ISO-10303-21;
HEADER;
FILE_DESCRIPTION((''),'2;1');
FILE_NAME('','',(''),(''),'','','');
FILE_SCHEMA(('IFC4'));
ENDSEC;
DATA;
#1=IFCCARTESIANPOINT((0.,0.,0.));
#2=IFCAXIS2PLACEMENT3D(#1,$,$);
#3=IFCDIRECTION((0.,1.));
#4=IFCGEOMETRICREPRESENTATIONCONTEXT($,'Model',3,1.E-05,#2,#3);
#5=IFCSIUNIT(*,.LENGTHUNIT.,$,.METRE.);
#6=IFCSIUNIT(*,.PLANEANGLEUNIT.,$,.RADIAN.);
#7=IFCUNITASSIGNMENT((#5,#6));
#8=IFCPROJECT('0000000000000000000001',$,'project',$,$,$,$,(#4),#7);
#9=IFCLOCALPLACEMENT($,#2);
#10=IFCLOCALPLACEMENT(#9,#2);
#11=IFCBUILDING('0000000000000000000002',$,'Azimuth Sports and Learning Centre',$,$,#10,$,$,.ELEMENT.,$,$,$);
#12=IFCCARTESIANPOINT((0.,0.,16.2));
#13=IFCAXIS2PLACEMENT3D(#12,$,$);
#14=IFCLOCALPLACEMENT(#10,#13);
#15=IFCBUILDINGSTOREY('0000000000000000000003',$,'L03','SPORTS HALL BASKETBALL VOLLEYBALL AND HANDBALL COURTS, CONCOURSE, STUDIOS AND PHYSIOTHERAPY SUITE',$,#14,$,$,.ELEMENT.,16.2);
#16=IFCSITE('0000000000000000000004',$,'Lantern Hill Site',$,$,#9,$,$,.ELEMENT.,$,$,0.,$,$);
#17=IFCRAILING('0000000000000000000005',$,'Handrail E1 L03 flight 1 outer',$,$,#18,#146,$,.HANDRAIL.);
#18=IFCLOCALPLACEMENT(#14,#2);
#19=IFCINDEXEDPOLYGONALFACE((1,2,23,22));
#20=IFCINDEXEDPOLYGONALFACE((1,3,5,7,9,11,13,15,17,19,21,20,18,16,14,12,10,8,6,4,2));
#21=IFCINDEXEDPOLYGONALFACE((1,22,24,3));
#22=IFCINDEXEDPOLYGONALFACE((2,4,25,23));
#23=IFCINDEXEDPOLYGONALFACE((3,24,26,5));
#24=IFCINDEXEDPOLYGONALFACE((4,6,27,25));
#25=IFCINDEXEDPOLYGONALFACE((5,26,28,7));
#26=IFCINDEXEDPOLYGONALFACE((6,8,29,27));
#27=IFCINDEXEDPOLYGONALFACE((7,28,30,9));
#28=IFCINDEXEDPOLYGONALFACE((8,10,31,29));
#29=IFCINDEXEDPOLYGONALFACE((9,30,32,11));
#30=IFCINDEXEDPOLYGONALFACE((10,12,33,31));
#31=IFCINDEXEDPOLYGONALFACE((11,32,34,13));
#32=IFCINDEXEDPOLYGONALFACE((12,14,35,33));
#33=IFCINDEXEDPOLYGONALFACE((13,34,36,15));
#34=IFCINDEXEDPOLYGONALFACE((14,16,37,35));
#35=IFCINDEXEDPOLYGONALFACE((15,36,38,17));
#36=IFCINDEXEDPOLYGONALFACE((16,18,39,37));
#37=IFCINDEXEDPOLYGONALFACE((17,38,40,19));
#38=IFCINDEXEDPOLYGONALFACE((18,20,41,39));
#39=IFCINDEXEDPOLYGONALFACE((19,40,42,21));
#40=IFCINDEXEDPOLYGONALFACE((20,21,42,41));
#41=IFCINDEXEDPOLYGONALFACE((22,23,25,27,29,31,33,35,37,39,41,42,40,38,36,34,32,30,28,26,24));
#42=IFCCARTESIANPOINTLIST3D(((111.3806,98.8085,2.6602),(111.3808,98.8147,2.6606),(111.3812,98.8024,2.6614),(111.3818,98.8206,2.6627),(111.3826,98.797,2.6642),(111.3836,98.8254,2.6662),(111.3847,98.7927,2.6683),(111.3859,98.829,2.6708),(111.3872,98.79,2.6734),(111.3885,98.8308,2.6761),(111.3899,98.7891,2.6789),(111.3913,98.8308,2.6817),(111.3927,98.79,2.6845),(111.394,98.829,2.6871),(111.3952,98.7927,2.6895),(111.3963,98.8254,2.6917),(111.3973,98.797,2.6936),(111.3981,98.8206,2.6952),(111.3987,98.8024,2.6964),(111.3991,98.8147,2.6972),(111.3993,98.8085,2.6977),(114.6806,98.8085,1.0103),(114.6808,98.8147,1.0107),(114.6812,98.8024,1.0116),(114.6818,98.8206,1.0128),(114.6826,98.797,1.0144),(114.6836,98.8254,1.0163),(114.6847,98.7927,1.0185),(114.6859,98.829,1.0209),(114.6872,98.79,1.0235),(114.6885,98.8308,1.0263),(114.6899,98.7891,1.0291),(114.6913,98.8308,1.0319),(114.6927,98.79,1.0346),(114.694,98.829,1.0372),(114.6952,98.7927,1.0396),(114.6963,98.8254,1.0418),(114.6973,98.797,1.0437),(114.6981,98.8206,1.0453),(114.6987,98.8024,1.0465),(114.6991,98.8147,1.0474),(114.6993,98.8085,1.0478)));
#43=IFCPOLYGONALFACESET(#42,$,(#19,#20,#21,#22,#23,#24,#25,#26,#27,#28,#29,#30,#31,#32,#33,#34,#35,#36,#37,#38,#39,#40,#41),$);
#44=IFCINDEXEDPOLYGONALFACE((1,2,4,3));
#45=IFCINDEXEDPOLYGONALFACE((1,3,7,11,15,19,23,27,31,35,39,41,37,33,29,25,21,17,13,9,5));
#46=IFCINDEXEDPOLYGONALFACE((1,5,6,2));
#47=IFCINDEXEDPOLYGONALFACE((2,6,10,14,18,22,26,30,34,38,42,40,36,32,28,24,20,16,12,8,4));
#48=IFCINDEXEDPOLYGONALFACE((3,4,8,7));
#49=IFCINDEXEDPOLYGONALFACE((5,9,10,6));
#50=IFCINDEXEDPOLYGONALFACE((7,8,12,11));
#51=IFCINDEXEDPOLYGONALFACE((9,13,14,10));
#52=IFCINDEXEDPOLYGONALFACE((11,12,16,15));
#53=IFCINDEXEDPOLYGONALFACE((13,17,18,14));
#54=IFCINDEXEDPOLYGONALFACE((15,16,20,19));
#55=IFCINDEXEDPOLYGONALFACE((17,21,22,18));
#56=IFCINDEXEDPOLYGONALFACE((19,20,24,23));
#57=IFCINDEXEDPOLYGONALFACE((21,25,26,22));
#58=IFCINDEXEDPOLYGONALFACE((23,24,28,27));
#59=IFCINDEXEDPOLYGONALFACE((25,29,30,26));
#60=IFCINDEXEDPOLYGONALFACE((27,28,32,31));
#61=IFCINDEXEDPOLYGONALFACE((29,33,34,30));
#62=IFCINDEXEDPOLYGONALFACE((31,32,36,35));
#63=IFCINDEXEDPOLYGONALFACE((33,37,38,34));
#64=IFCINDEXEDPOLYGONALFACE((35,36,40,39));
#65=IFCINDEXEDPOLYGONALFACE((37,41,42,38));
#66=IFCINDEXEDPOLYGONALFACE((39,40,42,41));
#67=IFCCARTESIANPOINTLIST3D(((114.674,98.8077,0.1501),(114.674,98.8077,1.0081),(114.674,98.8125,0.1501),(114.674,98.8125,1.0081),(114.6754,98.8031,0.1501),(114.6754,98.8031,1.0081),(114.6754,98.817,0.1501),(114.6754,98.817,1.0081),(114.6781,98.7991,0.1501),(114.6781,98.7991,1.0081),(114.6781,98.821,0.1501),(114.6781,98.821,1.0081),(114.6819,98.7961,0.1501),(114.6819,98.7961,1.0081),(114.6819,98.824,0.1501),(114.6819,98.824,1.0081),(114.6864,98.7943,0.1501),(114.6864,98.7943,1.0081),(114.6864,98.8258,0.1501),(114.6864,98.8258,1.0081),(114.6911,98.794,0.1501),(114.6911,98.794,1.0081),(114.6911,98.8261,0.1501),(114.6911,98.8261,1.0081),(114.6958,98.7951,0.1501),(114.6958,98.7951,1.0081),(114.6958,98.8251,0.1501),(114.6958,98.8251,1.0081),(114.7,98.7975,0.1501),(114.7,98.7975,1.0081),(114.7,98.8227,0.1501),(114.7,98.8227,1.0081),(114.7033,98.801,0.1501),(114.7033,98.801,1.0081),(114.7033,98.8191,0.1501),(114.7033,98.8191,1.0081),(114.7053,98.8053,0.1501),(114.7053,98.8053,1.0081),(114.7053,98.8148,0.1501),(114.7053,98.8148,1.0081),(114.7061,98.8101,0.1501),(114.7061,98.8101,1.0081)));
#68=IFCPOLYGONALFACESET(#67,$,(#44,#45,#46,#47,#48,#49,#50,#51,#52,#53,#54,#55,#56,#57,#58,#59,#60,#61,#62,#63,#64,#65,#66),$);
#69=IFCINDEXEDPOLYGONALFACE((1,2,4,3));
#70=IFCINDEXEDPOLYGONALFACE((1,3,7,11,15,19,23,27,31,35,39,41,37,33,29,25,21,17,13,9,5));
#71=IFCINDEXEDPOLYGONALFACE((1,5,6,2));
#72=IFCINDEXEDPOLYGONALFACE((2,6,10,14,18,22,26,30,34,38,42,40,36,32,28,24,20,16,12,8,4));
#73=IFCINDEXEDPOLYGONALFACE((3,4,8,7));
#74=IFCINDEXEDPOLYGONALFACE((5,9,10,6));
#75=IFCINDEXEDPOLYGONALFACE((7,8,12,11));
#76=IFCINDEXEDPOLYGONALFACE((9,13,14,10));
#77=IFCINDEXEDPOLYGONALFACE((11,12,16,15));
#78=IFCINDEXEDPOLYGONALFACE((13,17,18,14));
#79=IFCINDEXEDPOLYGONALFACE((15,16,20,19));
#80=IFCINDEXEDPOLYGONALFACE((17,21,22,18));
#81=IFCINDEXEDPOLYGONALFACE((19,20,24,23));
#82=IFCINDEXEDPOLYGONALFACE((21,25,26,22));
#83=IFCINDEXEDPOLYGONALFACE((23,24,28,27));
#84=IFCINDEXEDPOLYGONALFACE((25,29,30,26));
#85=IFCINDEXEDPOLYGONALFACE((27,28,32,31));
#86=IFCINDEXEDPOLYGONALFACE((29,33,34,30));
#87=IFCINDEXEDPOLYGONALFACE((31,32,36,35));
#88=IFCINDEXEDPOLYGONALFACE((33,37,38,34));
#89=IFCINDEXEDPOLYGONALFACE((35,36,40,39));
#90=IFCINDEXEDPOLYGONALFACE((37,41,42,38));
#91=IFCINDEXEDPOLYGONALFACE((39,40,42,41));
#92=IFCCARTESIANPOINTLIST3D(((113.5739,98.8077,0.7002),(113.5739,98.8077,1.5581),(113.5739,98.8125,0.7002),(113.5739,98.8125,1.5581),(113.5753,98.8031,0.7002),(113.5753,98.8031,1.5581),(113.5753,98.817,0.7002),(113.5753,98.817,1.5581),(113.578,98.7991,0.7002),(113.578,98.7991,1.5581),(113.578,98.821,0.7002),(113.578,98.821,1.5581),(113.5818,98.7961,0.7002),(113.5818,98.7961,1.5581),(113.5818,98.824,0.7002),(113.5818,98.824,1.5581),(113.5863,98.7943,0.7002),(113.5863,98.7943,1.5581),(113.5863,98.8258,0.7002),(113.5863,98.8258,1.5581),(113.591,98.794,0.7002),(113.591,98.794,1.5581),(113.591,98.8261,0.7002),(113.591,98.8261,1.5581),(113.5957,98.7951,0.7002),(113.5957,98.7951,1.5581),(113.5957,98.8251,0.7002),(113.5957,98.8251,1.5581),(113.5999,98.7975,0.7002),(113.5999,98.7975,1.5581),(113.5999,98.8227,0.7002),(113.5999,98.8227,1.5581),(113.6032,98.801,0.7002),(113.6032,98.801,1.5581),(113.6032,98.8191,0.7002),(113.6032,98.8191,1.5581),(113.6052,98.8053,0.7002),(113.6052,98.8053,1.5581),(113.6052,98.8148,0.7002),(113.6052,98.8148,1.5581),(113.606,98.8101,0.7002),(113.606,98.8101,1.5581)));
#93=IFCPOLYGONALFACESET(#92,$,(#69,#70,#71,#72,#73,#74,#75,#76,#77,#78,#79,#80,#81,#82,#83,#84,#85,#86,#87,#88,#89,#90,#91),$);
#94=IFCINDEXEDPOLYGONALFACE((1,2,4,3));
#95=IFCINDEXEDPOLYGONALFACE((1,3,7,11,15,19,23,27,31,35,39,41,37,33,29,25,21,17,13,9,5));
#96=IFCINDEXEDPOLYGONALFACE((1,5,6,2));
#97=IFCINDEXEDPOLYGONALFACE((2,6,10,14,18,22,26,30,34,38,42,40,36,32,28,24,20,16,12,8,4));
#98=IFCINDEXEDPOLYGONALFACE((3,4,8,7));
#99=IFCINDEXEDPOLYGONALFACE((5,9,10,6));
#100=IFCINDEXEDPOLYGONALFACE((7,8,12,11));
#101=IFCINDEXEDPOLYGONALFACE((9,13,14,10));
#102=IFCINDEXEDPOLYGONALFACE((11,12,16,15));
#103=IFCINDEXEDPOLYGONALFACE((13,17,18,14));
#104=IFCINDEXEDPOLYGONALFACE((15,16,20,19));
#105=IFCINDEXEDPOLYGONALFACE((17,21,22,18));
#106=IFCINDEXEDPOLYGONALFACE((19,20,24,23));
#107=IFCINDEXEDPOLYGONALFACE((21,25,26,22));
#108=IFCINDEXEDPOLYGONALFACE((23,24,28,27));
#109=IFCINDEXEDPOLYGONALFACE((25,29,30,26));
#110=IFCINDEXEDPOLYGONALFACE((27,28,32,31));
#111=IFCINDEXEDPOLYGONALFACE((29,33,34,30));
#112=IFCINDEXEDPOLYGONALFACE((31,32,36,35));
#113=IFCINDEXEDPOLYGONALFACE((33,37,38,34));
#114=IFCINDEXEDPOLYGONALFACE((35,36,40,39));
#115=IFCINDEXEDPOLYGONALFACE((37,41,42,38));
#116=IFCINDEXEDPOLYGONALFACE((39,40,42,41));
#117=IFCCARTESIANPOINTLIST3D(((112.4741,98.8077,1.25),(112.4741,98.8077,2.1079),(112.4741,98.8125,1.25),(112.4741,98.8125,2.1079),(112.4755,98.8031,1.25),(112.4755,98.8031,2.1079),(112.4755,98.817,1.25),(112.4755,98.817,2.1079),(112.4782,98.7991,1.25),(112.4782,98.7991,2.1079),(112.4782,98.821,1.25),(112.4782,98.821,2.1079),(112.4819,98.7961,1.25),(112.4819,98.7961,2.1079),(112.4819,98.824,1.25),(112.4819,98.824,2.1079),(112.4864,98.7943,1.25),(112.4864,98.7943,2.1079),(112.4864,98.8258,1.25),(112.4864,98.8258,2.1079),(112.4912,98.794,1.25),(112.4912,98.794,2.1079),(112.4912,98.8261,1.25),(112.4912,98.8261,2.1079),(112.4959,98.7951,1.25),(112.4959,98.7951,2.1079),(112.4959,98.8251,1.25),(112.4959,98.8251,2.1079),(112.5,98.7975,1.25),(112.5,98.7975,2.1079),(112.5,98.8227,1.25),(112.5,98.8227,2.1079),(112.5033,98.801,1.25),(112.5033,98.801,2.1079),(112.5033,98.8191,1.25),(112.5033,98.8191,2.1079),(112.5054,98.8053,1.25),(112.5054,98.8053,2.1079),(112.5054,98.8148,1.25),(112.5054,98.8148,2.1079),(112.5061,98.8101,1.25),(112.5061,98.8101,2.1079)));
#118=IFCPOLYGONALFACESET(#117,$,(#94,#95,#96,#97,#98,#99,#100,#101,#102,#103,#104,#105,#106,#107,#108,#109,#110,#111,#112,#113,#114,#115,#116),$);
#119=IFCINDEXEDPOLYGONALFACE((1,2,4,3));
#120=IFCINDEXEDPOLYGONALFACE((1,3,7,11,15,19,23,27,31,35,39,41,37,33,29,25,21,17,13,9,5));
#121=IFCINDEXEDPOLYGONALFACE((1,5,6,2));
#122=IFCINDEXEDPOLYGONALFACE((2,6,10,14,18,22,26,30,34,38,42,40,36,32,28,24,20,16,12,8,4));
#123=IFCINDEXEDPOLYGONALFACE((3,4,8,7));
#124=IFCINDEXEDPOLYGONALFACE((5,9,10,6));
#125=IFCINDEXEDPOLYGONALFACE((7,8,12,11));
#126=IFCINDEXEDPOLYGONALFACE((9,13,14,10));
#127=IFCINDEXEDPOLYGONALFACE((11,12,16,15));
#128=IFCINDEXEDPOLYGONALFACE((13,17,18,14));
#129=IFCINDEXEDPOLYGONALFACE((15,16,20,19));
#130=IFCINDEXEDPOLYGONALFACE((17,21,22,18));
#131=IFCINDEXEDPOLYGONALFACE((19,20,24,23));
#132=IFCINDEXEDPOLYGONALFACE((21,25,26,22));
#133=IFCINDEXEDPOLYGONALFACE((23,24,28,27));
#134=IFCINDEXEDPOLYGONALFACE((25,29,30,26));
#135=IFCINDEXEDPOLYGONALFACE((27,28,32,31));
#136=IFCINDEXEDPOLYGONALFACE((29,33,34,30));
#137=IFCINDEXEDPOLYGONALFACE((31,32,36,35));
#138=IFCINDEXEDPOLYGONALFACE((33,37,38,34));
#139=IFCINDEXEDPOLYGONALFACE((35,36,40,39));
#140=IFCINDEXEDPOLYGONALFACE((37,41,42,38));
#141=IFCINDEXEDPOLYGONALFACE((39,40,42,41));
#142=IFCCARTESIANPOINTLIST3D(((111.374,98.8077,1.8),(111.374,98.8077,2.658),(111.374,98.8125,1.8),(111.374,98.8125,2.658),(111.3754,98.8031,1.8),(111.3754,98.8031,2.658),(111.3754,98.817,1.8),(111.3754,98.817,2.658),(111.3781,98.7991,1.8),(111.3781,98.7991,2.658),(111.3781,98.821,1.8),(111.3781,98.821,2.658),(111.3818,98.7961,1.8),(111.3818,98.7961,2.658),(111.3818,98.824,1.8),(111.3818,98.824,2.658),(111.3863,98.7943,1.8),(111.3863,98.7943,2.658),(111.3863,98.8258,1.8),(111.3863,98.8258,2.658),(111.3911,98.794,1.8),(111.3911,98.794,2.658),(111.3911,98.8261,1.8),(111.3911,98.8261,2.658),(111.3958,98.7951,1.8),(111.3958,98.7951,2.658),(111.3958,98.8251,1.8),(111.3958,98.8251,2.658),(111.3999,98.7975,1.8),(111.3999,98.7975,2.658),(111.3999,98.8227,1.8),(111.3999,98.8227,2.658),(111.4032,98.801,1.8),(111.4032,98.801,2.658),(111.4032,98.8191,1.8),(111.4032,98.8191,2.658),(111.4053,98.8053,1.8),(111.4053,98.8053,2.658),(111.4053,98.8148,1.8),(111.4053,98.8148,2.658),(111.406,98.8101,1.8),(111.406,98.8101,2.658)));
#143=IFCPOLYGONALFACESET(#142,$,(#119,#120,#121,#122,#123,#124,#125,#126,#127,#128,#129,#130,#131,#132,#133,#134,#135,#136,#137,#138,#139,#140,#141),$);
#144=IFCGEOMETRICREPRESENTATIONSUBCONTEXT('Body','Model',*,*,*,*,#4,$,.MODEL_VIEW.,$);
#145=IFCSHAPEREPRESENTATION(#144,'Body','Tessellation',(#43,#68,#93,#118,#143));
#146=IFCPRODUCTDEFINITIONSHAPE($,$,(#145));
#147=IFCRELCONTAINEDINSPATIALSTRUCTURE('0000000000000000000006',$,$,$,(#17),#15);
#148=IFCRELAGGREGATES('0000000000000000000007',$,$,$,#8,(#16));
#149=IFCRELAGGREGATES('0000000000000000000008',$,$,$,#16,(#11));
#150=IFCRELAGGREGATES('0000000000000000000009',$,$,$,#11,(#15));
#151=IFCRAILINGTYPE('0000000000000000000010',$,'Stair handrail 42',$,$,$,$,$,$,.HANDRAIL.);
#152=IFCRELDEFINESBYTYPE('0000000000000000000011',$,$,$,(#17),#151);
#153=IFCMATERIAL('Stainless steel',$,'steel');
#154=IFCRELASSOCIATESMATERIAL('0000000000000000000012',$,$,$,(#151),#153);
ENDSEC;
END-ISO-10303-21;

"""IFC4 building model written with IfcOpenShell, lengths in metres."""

from ifc_helpers import new_model, si_unit, direction, frame, origin, origin_2d, place, context, subcontext, project, spatial, circle, extrude, material, type_object, element, save


model = new_model("IFC4")

# Units and contexts
model_context = context("Model", 3, precision=1e-05, world=origin(), true_north=direction((0.0, 1.0)))
body_context = subcontext(model_context, "Body", "Model", "MODEL_VIEW")
ifc_project = project(units=[si_unit("LENGTHUNIT", "METRE"), si_unit("PLANEANGLEUNIT", "RADIAN")], contexts=[model_context])

# Site, building, storey
site_placement = place(None, origin())
site = spatial("IfcSite", under=ifc_project, at=site_placement, Name="Lantern Hill Site", CompositionType="ELEMENT", RefElevation=0.0)
building_placement = place(site_placement, origin())
building = spatial("IfcBuilding", under=site, at=building_placement, Name="Azimuth Sports and Learning Centre", CompositionType="ELEMENT")
storey_placement = place(building_placement, frame((0.0, 0.0, 16.2)))
storey = spatial("IfcBuildingStorey", under=building, at=storey_placement, Name="L03", Description="SPORTS HALL BASKETBALL VOLLEYBALL AND HANDBALL COURTS, CONCOURSE, STUDIOS AND PHYSIOTHERAPY SUITE", CompositionType="ELEMENT", Elevation=16.2)

# Railing
ifc_material_1 = material(Name="Stainless steel", Category="steel")
railing_type_1 = type_object("IfcRailingType", Name="Stair handrail 42", PredefinedType="HANDRAIL", material=ifc_material_1)
for number, where, name in (
    (1, (114.6899, 98.8101, 0.1501), "Handrail E1 L03 flight 1 outer"),
):
    element("IfcRailing", number, at=place(storey_placement, frame(where)), inside=storey, type_object=railing_type_1, Name=name, PredefinedType="HANDRAIL", context=body_context, shape_type="SweptSolid", body=[
        extrude(circle(Radius=0.021, at=origin_2d()), frame((0.0, 0.0, 0.8789), z_axis=(-0.89444, 0.0, 0.447187), x_axis=(0.0, -1.0, 0.0)), (0.0, 0.0, 1.0), 3.6895),
        extrude(circle(Radius=0.0161, at=origin_2d()), origin(), (0.0, 0.0, 1.0), 0.8579),
        extrude(circle(Radius=0.0161, at=origin_2d()), frame((-1.1001, 0.0, 0.55)), (0.0, 0.0, 1.0), 0.8579),
        extrude(circle(Radius=0.0161, at=origin_2d()), frame((-2.2, 0.0, 1.0999)), (0.0, 0.0, 1.0), 0.8579),
        extrude(circle(Radius=0.0161, at=origin_2d()), frame((-3.3, 0.0, 1.6499)), (0.0, 0.0, 1.0), 0.8579),
    ])

save(model, "model.ifc")
